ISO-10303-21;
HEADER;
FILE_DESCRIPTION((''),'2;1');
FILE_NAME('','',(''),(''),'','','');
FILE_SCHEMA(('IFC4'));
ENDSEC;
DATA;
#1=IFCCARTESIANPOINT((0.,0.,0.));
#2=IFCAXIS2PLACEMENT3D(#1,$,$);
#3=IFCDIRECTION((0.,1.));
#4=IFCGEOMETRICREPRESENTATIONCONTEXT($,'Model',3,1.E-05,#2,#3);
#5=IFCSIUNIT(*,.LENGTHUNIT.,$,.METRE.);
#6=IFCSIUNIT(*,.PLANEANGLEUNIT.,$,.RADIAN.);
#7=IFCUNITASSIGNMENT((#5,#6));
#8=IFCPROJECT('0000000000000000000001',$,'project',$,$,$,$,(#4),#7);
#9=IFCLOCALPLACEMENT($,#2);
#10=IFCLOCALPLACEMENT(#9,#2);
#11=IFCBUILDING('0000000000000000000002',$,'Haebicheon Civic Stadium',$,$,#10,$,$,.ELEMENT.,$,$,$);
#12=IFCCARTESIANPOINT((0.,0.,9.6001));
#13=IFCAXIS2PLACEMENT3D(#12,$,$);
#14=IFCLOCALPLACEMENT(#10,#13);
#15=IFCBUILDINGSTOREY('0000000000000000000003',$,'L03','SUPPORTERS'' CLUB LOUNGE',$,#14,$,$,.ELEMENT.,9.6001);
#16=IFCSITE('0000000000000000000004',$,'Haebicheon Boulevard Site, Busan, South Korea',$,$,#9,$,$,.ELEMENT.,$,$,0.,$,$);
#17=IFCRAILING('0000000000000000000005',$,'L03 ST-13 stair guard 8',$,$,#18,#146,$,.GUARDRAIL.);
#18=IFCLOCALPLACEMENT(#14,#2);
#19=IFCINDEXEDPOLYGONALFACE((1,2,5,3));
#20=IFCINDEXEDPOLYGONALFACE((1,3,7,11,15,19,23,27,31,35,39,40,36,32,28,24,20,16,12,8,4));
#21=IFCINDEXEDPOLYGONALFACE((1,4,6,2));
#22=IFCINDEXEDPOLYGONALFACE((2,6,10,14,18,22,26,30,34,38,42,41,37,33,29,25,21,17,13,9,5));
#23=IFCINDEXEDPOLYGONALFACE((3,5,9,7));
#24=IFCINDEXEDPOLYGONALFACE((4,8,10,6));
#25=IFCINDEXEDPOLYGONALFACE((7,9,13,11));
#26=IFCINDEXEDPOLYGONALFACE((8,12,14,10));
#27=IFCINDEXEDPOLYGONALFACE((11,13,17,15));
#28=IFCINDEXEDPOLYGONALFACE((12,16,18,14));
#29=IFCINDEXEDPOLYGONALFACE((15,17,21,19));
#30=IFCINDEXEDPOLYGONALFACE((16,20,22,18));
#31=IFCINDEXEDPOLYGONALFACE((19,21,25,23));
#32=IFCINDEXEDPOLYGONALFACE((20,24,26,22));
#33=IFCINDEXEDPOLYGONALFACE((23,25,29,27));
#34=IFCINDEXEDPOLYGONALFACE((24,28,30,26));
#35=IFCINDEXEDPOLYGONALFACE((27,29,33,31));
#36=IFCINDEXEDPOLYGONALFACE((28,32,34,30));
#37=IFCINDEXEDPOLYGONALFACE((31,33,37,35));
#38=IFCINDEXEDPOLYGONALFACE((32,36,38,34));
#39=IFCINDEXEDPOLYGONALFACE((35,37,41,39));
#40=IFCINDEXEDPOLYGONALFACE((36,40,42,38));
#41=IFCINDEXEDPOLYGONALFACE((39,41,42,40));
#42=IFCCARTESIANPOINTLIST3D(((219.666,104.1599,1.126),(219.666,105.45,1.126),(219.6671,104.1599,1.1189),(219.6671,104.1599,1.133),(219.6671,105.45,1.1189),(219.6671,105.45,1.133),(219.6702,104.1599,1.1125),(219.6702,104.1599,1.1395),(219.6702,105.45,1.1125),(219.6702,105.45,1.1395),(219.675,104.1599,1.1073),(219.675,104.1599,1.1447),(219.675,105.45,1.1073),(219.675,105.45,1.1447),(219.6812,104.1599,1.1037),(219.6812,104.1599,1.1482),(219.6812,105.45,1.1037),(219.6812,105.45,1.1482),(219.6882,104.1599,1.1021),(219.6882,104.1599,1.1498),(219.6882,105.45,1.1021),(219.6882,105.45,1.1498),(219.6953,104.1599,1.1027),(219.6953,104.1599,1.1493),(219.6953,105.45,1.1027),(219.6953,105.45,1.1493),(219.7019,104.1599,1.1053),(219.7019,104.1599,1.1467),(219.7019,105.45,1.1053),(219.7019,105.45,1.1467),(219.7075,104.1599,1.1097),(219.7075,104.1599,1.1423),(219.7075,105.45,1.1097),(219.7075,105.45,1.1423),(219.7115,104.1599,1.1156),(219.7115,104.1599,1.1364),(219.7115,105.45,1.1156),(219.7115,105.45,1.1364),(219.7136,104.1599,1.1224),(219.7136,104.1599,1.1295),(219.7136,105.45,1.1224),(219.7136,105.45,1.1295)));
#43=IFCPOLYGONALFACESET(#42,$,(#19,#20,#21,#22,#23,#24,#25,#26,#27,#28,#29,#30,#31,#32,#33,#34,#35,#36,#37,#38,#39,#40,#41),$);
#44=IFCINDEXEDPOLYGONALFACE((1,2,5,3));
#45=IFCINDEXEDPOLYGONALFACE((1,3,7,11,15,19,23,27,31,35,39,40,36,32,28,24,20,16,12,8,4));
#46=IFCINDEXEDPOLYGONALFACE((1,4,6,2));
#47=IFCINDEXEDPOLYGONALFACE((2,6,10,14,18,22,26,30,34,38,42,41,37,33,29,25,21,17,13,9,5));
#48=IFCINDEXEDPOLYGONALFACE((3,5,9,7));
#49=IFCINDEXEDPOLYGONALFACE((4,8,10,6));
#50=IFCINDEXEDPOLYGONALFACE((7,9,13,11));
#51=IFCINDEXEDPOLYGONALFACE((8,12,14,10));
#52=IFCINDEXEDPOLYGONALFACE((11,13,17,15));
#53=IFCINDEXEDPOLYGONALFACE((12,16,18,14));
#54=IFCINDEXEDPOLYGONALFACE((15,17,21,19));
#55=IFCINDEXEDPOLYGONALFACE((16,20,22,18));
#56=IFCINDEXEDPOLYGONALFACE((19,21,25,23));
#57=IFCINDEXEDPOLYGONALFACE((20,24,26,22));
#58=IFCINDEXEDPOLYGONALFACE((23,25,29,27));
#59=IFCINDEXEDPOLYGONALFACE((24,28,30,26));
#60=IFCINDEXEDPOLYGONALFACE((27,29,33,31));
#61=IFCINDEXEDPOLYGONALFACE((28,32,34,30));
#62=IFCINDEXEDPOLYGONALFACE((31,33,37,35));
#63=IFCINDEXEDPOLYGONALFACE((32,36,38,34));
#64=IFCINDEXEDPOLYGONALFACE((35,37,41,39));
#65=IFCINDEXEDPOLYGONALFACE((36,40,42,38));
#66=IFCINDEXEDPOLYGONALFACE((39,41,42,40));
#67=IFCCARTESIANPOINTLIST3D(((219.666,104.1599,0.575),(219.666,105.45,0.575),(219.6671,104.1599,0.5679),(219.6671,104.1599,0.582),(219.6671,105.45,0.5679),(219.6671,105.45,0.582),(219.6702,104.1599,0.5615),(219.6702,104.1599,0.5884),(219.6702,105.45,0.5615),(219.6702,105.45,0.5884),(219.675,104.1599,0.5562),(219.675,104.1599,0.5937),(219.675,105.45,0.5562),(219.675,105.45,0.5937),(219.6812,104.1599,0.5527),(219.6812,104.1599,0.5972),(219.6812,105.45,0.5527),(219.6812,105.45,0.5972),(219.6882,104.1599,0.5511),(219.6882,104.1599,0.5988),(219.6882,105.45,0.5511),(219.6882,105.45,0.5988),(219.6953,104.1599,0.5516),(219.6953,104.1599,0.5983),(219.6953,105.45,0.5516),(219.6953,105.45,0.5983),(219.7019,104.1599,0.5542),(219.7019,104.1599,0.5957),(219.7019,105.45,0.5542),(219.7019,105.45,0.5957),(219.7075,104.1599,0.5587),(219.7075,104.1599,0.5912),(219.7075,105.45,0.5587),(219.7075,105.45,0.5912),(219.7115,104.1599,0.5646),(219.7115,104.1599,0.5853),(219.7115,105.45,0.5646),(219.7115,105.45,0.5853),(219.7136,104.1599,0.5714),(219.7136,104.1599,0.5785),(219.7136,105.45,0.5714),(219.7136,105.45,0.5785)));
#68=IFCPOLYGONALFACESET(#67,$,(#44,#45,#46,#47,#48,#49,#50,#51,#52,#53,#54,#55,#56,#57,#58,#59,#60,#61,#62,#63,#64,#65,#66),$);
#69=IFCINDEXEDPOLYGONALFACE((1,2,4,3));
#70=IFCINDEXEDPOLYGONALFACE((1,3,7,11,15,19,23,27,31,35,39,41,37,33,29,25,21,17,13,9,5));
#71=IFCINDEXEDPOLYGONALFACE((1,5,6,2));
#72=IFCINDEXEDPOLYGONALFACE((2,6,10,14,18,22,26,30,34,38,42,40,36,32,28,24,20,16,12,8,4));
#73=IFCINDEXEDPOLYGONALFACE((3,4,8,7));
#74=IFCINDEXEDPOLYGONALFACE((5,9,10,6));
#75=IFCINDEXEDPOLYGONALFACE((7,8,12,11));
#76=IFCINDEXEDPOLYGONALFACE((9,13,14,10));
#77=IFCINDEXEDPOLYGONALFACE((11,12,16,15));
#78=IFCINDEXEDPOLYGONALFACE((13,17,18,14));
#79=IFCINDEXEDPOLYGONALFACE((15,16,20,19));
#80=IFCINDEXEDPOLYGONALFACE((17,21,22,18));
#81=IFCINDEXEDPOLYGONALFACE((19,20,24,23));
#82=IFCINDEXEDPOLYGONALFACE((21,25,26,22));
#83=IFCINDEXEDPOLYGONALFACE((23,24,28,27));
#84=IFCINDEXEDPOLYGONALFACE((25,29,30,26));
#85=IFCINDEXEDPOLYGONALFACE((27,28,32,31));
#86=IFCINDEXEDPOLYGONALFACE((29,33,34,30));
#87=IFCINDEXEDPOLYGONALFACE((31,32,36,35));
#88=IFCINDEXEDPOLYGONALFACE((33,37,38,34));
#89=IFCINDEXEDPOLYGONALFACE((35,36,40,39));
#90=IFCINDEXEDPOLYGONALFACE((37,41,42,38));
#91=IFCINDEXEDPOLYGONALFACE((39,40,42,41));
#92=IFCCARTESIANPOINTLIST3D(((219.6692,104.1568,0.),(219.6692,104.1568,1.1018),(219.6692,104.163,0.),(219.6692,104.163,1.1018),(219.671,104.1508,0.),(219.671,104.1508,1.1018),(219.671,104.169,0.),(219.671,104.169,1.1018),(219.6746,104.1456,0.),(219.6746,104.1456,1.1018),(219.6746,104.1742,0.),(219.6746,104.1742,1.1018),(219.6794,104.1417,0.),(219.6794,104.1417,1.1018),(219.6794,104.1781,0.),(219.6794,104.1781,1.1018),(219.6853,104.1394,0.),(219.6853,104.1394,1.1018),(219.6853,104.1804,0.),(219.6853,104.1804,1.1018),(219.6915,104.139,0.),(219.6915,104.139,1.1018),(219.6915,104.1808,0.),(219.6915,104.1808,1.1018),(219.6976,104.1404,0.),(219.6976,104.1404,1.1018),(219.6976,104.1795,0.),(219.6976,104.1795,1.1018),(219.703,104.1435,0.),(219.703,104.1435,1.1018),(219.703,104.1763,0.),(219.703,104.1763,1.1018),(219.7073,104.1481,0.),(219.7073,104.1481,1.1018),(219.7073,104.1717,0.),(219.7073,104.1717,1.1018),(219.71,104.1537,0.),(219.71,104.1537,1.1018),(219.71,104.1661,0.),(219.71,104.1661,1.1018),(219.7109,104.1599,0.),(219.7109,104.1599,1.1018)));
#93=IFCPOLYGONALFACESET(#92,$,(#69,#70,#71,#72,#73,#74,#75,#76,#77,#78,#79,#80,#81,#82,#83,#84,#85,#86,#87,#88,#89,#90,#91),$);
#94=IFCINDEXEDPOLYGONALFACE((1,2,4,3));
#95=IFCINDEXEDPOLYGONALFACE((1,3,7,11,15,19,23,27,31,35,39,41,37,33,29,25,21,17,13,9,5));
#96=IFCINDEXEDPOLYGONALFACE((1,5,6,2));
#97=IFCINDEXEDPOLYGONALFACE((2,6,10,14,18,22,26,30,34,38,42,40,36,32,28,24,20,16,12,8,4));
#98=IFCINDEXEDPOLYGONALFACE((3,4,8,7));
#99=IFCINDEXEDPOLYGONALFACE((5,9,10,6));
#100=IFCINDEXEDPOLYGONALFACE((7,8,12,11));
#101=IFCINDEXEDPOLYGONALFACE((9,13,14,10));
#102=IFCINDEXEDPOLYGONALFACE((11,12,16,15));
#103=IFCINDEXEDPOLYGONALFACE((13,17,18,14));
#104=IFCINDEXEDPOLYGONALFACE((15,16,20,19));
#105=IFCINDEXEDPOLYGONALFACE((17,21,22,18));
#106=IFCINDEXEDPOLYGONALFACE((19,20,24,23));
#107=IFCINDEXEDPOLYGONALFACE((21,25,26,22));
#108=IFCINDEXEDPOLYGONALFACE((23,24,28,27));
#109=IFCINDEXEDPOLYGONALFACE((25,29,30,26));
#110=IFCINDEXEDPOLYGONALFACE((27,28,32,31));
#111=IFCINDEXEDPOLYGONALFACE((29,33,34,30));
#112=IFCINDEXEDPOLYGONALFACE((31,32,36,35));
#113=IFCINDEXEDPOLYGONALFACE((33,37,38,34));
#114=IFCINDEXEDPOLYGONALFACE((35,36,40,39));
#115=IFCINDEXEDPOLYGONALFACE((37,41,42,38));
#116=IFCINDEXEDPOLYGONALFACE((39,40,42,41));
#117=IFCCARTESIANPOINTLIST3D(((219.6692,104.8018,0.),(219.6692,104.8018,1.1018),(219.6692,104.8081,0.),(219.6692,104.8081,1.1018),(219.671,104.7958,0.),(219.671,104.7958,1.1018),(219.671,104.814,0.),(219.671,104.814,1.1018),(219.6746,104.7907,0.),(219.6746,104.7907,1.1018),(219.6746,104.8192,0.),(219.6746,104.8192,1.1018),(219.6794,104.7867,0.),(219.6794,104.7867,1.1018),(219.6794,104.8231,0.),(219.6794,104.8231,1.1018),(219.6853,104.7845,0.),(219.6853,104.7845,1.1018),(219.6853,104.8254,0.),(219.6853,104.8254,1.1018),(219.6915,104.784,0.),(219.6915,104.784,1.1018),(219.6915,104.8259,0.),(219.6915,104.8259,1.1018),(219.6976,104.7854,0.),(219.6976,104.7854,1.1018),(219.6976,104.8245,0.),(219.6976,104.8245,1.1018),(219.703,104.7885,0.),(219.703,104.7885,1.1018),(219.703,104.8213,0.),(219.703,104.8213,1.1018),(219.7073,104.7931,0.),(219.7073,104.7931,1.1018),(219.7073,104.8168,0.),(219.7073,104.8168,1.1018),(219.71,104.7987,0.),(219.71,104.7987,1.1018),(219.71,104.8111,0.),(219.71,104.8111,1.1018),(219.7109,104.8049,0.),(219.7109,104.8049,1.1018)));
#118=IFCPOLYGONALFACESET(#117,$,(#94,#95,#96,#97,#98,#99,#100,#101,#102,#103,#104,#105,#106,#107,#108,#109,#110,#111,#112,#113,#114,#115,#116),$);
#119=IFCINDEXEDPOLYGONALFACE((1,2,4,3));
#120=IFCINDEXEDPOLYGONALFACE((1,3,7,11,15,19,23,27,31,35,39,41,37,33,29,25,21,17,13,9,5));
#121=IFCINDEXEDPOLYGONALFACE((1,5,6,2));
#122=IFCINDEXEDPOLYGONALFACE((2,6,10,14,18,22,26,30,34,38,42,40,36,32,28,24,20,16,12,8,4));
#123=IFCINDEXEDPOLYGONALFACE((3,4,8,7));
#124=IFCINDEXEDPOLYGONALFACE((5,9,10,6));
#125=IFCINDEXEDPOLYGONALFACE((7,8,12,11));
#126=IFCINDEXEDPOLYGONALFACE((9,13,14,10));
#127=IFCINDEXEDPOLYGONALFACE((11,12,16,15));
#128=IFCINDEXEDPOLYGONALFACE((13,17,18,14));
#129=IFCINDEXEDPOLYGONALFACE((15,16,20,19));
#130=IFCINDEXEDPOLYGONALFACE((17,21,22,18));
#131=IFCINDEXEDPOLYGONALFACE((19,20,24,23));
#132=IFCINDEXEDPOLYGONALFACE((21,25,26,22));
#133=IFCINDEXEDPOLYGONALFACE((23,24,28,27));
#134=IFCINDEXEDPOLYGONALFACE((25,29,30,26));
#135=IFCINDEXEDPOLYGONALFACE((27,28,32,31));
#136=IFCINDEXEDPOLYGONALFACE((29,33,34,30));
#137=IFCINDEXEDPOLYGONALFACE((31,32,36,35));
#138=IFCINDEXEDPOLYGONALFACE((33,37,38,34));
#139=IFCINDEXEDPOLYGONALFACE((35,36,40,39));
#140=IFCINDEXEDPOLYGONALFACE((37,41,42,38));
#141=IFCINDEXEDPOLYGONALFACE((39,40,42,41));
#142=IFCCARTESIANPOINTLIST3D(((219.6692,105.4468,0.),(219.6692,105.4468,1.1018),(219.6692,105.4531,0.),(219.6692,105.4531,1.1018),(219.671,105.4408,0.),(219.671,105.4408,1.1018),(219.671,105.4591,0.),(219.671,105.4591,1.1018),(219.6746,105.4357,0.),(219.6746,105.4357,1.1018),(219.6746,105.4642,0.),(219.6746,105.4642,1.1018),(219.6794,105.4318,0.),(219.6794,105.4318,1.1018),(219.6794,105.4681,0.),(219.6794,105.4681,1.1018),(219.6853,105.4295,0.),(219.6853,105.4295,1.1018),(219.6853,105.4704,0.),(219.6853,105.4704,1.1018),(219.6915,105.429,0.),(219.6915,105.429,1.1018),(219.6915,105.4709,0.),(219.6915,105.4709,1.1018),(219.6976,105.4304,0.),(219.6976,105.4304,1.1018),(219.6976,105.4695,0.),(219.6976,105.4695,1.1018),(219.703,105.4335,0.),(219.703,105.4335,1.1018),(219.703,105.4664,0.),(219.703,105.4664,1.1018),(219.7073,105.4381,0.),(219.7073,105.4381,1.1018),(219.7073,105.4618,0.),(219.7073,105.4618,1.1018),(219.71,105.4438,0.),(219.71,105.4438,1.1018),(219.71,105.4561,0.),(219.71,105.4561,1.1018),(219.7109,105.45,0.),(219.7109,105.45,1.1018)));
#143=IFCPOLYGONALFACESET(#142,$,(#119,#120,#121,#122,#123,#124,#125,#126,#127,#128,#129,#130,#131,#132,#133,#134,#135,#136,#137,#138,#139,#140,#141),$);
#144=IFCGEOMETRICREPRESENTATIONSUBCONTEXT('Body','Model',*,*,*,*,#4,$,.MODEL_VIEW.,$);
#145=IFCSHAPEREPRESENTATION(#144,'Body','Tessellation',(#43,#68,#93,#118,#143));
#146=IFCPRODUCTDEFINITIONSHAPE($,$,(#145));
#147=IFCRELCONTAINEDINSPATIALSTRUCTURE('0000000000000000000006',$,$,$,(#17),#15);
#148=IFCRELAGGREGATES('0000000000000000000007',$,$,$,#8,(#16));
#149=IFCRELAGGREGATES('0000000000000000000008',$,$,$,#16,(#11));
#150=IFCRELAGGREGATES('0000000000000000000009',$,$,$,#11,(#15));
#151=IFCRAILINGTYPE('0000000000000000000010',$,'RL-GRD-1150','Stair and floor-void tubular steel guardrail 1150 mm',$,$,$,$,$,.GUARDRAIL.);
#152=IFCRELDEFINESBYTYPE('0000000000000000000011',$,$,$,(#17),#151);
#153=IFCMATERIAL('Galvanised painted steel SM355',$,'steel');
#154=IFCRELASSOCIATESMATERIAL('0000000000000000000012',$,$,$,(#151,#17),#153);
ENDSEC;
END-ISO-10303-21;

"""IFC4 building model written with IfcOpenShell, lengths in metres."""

from ifc_helpers import new_model, si_unit, direction, frame, origin, origin_2d, place, context, subcontext, project, spatial, circle, extrude, material, type_object, element, save


model = new_model("IFC4")

# Units and contexts
model_context = context("Model", 3, precision=1e-05, world=origin(), true_north=direction((0.0, 1.0)))
body_context = subcontext(model_context, "Body", "Model", "MODEL_VIEW")
ifc_project = project(units=[si_unit("LENGTHUNIT", "METRE"), si_unit("PLANEANGLEUNIT", "RADIAN")], contexts=[model_context])

# Site, building, storey
site_placement = place(None, origin())
site = spatial("IfcSite", under=ifc_project, at=site_placement, Name="Haebicheon Boulevard Site, Busan, South Korea", CompositionType="ELEMENT", RefElevation=0.0)
building_placement = place(site_placement, origin())
building = spatial("IfcBuilding", under=site, at=building_placement, Name="Haebicheon Civic Stadium", CompositionType="ELEMENT")
storey_placement = place(building_placement, frame((0.0, 0.0, 9.6001)))
storey = spatial("IfcBuildingStorey", under=building, at=storey_placement, Name="L03", Description="SUPPORTERS' CLUB LOUNGE", CompositionType="ELEMENT", Elevation=9.6001)

# Railing
ifc_material_1 = material(Name="Galvanised painted steel SM355", Category="steel")
railing_type = type_object("IfcRailingType", Name="RL-GRD-1150", Description="Stair and floor-void tubular steel guardrail 1150 mm", PredefinedType="GUARDRAIL", material=ifc_material_1)
for number, where, name in (
    (1, (219.6899, 104.1599, 0.0), "L03 ST-13 stair guard 8"),
):
    element("IfcRailing", number, at=place(storey_placement, frame(where)), inside=storey, type_object=railing_type, material=ifc_material_1, Name=name, PredefinedType="GUARDRAIL", context=body_context, shape_type="SweptSolid", body=[
        extrude(circle(Radius=0.0239, at=origin_2d()), frame((0.0, 0.0, 1.126), z_axis=(0.0, 1.0, 0.0), x_axis=(-1.0, 0.0, 0.0)), (0.0, 0.0, 1.0), 1.29),
        extrude(circle(Radius=0.0239, at=origin_2d()), frame((0.0, 0.0, 0.575), z_axis=(0.0, 1.0, 0.0), x_axis=(-1.0, 0.0, 0.0)), (0.0, 0.0, 1.0), 1.29),
        extrude(circle(Radius=0.021, at=origin_2d()), origin(), (0.0, 0.0, 1.0), 1.1018),
        extrude(circle(Radius=0.021, at=origin_2d()), frame((0.0, 0.645, 0.0)), (0.0, 0.0, 1.0), 1.1018),
        extrude(circle(Radius=0.021, at=origin_2d()), frame((0.0, 1.29, 0.0)), (0.0, 0.0, 1.0), 1.1018),
    ])

save(model, "model.ifc")
